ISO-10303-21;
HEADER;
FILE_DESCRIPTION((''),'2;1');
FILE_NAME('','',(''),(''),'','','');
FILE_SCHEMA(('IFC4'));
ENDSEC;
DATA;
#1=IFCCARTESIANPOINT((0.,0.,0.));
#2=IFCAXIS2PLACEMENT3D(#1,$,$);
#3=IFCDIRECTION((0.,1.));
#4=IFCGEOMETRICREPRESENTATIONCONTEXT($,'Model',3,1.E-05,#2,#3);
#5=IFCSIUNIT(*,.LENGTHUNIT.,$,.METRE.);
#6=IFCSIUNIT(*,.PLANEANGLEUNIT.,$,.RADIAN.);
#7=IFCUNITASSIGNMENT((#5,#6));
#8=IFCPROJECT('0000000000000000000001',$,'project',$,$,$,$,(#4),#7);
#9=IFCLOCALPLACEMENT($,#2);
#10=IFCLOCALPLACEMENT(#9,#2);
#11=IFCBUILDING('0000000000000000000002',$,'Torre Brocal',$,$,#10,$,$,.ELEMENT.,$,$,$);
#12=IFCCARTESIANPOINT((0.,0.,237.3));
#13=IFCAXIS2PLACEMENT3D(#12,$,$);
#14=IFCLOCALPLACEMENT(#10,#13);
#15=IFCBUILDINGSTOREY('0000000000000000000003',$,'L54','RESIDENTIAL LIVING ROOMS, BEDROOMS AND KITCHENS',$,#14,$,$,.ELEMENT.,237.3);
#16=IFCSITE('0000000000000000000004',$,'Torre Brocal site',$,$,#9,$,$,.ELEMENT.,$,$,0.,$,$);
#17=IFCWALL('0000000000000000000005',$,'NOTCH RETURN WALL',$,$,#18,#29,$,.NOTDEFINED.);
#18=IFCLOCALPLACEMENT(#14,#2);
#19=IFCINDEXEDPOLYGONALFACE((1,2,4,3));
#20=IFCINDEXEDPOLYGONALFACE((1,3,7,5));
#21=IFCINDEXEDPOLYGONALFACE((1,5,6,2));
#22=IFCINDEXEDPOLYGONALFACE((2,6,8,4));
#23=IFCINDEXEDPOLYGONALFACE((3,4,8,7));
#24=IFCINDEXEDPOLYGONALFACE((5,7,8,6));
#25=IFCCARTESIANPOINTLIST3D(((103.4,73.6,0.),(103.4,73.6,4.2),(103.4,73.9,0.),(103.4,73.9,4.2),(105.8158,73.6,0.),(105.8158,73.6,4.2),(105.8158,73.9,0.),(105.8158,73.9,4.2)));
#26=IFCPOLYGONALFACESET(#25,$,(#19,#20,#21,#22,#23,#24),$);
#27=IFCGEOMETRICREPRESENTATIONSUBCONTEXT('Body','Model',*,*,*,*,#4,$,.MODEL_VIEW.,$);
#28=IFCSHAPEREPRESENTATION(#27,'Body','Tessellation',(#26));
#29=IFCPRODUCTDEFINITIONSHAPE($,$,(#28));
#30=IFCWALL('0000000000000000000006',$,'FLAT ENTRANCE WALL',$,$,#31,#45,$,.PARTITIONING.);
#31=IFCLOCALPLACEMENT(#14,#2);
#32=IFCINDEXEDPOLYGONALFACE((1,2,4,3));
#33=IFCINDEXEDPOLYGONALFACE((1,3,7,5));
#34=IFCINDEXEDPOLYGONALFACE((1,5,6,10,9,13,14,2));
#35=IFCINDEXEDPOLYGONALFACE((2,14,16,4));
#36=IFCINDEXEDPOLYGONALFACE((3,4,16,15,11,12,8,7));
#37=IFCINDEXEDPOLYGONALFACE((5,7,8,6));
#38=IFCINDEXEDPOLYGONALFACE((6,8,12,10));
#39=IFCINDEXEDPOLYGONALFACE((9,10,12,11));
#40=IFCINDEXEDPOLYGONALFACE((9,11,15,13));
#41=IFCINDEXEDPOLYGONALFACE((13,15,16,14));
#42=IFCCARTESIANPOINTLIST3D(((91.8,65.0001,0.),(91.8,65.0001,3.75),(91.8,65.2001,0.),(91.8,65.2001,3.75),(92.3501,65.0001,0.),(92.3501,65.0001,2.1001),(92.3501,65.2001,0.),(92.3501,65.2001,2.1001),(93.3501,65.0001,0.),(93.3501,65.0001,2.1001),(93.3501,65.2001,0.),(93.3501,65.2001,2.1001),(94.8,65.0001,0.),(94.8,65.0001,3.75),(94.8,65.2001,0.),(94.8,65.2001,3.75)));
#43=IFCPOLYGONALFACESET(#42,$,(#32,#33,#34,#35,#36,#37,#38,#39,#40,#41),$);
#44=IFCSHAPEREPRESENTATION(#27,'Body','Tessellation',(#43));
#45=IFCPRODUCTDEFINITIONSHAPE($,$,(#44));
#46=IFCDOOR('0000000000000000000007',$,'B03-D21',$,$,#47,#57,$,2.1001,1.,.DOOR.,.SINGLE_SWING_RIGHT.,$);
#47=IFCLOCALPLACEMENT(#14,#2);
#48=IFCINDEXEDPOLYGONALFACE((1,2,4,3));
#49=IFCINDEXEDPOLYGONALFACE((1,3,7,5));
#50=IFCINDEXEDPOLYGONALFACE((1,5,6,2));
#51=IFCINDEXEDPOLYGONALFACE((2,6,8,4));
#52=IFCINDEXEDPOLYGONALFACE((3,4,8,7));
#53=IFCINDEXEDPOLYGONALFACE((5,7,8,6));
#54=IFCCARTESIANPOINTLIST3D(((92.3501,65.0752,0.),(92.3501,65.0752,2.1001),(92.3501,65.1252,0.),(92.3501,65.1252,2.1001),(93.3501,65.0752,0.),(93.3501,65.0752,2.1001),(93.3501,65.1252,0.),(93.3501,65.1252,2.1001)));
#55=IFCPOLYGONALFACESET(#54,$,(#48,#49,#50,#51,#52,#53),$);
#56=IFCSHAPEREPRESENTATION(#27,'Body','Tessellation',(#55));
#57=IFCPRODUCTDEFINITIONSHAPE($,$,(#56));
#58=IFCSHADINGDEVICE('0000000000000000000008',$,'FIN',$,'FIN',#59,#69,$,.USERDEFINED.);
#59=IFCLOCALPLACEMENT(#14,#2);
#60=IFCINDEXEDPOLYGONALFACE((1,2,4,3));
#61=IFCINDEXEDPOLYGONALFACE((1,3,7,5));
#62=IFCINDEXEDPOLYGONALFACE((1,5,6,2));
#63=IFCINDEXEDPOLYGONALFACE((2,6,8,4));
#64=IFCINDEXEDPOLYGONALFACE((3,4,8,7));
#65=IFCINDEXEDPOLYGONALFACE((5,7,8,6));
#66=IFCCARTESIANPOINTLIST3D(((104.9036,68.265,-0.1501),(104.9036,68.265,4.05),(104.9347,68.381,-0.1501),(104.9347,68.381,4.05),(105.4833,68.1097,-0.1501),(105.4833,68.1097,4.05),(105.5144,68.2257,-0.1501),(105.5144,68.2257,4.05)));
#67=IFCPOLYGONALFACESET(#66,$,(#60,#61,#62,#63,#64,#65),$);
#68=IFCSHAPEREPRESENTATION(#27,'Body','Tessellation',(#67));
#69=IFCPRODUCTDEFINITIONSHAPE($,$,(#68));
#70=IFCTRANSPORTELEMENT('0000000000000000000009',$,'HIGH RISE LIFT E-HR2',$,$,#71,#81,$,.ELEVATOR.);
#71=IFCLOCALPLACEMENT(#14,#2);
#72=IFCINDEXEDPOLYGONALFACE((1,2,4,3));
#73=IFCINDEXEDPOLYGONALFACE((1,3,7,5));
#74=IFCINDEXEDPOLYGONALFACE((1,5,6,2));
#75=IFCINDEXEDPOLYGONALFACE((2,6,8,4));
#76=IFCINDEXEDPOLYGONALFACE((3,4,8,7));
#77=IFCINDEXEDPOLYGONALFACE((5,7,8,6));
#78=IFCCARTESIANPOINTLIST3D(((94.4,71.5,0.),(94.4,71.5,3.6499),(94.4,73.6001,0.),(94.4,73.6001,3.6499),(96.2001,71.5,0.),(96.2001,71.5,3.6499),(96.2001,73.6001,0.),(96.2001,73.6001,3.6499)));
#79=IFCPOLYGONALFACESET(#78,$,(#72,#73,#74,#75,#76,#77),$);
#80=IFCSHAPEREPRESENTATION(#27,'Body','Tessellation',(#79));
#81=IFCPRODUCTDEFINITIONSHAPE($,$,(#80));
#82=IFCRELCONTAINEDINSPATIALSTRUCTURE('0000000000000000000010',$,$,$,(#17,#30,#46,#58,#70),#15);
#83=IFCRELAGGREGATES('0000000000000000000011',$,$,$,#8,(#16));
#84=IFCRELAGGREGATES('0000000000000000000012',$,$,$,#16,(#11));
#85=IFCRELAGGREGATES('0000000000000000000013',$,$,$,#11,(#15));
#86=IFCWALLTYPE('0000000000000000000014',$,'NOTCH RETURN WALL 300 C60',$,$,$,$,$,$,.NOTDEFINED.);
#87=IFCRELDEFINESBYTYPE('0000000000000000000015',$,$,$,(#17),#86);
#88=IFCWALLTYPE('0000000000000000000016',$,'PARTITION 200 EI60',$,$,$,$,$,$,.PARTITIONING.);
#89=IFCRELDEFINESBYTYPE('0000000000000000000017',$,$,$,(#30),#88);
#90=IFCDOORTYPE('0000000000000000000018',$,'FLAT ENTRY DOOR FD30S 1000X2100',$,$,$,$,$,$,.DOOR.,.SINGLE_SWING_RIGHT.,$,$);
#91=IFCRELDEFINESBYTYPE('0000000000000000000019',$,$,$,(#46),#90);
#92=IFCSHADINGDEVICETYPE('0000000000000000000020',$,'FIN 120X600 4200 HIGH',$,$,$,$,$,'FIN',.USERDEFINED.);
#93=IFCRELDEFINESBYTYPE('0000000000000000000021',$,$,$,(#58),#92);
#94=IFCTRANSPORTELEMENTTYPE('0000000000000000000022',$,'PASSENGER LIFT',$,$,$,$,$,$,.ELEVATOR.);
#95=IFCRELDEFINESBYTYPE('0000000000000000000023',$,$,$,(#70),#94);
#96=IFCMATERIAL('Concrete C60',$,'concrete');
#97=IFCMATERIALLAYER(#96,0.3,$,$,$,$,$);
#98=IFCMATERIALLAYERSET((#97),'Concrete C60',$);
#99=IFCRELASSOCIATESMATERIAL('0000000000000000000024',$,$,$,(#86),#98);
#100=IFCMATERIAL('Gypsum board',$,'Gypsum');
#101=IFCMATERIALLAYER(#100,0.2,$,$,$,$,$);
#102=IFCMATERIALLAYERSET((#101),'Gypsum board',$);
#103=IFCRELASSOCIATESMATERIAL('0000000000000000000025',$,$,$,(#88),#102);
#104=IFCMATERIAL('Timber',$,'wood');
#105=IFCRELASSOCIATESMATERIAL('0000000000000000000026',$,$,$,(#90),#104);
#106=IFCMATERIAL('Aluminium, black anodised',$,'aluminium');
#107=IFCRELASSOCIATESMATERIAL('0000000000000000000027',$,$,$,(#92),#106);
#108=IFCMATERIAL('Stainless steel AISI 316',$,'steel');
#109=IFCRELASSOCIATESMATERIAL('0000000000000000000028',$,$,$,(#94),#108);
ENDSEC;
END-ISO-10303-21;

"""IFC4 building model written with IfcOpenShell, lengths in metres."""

from ifc_helpers import new_model, si_unit, direction, frame, frame_2d, origin, origin_2d, place, context, subcontext, project, spatial, rectangle, extrude, material, layer, layer_set, material_profile, profile_set, type_object, element, fill, save


model = new_model("IFC4")

# Units and contexts
model_context = context("Model", 3, precision=1e-05, world=origin(), true_north=direction((0.0, 1.0)))
body_context = subcontext(model_context, "Body", "Model", "MODEL_VIEW")
ifc_project = project(units=[si_unit("LENGTHUNIT", "METRE"), si_unit("PLANEANGLEUNIT", "RADIAN")], contexts=[model_context])

# Site, building, storey
site_placement = place(None, origin())
site = spatial("IfcSite", under=ifc_project, at=site_placement, Name="Torre Brocal site", CompositionType="ELEMENT", RefElevation=0.0)
building_placement = place(site_placement, origin())
building = spatial("IfcBuilding", under=site, at=building_placement, Name="Torre Brocal", CompositionType="ELEMENT")
storey_placement = place(building_placement, frame((0.0, 0.0, 237.3)))
storey = spatial("IfcBuildingStorey", under=building, at=storey_placement, Name="L54", Description="RESIDENTIAL LIVING ROOMS, BEDROOMS AND KITCHENS", CompositionType="ELEMENT", Elevation=237.3)

# Wall
ifc_material_1 = material(Name="Concrete C60", Category="concrete")
ifc_layer_1 = layer(ifc_material_1, 0.3)
ifc_layer_set_1 = layer_set([ifc_layer_1], Name="Concrete C60")
wall_type_1 = type_object("IfcWallType", Name="NOTCH RETURN WALL 300 C60", PredefinedType="NOTDEFINED", material=ifc_layer_set_1)
wall_1_placement = place(storey_placement, frame((103.3999, 73.75, 0.0), z_axis=(0.0, 0.0, 1.0), x_axis=(1.0, 0.0, 0.0)))
element("IfcWall", 1, at=wall_1_placement, inside=storey, type_object=wall_type_1, Name="NOTCH RETURN WALL", PredefinedType="NOTDEFINED", context=body_context, shape_type="SweptSolid", body=[
    extrude(rectangle(XDim=2.4158, YDim=0.3, at=frame_2d((1.208, 0.0))), origin(), (0.0, 0.0, 1.0), 4.2),
])

# Wall, opening, door
ifc_material_2 = material(Name="Gypsum board", Category="Gypsum")
ifc_layer_2 = layer(ifc_material_2, 0.2)
ifc_layer_set_2 = layer_set([ifc_layer_2], Name="Gypsum board")
wall_type_2 = type_object("IfcWallType", Name="PARTITION 200 EI60", PredefinedType="PARTITIONING", material=ifc_layer_set_2)
wall_2_placement = place(storey_placement, frame((91.8, 65.1001, 0.0), z_axis=(0.0, 0.0, 1.0), x_axis=(1.0, 0.0, 0.0)))
wall_2 = element("IfcWall", 2, at=wall_2_placement, inside=storey, type_object=wall_type_2, Name="FLAT ENTRANCE WALL", PredefinedType="PARTITIONING", context=body_context, shape_type="SweptSolid", body=[
    extrude(rectangle(XDim=3.0, YDim=0.2, at=frame_2d((1.5, 0.0))), origin(), (0.0, 0.0, 1.0), 3.75),
])
opening_1_placement = place(wall_2_placement, frame((0.55, 0.0, 0.0)))
opening_1 = element("IfcOpeningElement", 3, at=opening_1_placement, cuts=wall_2, PredefinedType="OPENING", context=body_context, shape_type="SweptSolid", body=[
    extrude(rectangle(XDim=1.0, YDim=2.1001, at=frame_2d((0.5, 1.05))), frame((0.0, 0.1099, 0.0), z_axis=(0.0, -1.0, 0.0), x_axis=(1.0, 0.0, 0.0)), (0.0, 0.0, 1.0), 0.22),
])
ifc_material_3 = material(Name="Timber", Category="wood")
door_type_1 = type_object("IfcDoorType", Name="FLAT ENTRY DOOR FD30S 1000X2100", OperationType="SINGLE_SWING_RIGHT", PredefinedType="DOOR", material=ifc_material_3)
door_1_placement = place(opening_1_placement, frame((1.0, 0.0, 0.0), z_axis=(0.0, 0.0, 1.0), x_axis=(-1.0, 0.0, 0.0)))
door_1 = element("IfcDoor", 4, at=door_1_placement, inside=storey, type_object=door_type_1, Name="B03-D21", OperationType="SINGLE_SWING_RIGHT", OverallHeight=2.1001, OverallWidth=1.0, PredefinedType="DOOR", context=body_context, shape_type="SweptSolid", body=[
    extrude(rectangle(XDim=1.0, YDim=2.1001, at=frame_2d((0.5, 1.05))), frame((0.0, 0.0249, 0.0), z_axis=(0.0, -1.0, 0.0), x_axis=(1.0, 0.0, 0.0)), (0.0, 0.0, 1.0), 0.05),
])
fill(opening_1, door_1)

# Shading device
ifc_material_4 = material(Name="Aluminium, black anodised", Category="aluminium")
ifc_material_profile_1 = material_profile(ifc_material_4, rectangle(XDim=0.1201, YDim=0.6001, at=origin_2d()), Name="FIN 120X600 4200 HIGH")
ifc_profile_set_1 = profile_set([ifc_material_profile_1], Name="Aluminium, black anodised")
shading_device_type = type_object("IfcShadingDeviceType", Name="FIN 120X600 4200 HIGH", ElementType="FIN", PredefinedType="USERDEFINED", material=ifc_profile_set_1)
shading_device_placement = place(storey_placement, frame((105.209, 68.2454, -0.1501), z_axis=(0.0, 0.0, 1.0), x_axis=(0.258819, 0.965926, 0.0)))
element("IfcShadingDevice", 5, at=shading_device_placement, inside=storey, type_object=shading_device_type, Name="FIN", ObjectType="FIN", PredefinedType="USERDEFINED", context=body_context, shape_type="SweptSolid", body=[
    extrude(rectangle(XDim=0.1201, YDim=0.6001, at=origin_2d()), origin(), (0.0, 0.0, 1.0), 4.2002),
])

# Transport element
ifc_material_5 = material(Name="Stainless steel AISI 316", Category="steel")
transport_element_type = type_object("IfcTransportElementType", Name="PASSENGER LIFT", PredefinedType="ELEVATOR", material=ifc_material_5)
transport_element_placement = place(storey_placement, frame((95.3, 72.55, 0.0), z_axis=(0.0, 0.0, 1.0), x_axis=(1.0, 0.0, 0.0)))
element("IfcTransportElement", 6, at=transport_element_placement, inside=storey, type_object=transport_element_type, Name="HIGH RISE LIFT E-HR2", PredefinedType="ELEVATOR", context=body_context, shape_type="SweptSolid", body=[
    extrude(rectangle(XDim=1.8, YDim=2.1001, at=origin_2d()), origin(), (0.0, 0.0, 1.0), 3.6499),
])

save(model, "model.ifc")
